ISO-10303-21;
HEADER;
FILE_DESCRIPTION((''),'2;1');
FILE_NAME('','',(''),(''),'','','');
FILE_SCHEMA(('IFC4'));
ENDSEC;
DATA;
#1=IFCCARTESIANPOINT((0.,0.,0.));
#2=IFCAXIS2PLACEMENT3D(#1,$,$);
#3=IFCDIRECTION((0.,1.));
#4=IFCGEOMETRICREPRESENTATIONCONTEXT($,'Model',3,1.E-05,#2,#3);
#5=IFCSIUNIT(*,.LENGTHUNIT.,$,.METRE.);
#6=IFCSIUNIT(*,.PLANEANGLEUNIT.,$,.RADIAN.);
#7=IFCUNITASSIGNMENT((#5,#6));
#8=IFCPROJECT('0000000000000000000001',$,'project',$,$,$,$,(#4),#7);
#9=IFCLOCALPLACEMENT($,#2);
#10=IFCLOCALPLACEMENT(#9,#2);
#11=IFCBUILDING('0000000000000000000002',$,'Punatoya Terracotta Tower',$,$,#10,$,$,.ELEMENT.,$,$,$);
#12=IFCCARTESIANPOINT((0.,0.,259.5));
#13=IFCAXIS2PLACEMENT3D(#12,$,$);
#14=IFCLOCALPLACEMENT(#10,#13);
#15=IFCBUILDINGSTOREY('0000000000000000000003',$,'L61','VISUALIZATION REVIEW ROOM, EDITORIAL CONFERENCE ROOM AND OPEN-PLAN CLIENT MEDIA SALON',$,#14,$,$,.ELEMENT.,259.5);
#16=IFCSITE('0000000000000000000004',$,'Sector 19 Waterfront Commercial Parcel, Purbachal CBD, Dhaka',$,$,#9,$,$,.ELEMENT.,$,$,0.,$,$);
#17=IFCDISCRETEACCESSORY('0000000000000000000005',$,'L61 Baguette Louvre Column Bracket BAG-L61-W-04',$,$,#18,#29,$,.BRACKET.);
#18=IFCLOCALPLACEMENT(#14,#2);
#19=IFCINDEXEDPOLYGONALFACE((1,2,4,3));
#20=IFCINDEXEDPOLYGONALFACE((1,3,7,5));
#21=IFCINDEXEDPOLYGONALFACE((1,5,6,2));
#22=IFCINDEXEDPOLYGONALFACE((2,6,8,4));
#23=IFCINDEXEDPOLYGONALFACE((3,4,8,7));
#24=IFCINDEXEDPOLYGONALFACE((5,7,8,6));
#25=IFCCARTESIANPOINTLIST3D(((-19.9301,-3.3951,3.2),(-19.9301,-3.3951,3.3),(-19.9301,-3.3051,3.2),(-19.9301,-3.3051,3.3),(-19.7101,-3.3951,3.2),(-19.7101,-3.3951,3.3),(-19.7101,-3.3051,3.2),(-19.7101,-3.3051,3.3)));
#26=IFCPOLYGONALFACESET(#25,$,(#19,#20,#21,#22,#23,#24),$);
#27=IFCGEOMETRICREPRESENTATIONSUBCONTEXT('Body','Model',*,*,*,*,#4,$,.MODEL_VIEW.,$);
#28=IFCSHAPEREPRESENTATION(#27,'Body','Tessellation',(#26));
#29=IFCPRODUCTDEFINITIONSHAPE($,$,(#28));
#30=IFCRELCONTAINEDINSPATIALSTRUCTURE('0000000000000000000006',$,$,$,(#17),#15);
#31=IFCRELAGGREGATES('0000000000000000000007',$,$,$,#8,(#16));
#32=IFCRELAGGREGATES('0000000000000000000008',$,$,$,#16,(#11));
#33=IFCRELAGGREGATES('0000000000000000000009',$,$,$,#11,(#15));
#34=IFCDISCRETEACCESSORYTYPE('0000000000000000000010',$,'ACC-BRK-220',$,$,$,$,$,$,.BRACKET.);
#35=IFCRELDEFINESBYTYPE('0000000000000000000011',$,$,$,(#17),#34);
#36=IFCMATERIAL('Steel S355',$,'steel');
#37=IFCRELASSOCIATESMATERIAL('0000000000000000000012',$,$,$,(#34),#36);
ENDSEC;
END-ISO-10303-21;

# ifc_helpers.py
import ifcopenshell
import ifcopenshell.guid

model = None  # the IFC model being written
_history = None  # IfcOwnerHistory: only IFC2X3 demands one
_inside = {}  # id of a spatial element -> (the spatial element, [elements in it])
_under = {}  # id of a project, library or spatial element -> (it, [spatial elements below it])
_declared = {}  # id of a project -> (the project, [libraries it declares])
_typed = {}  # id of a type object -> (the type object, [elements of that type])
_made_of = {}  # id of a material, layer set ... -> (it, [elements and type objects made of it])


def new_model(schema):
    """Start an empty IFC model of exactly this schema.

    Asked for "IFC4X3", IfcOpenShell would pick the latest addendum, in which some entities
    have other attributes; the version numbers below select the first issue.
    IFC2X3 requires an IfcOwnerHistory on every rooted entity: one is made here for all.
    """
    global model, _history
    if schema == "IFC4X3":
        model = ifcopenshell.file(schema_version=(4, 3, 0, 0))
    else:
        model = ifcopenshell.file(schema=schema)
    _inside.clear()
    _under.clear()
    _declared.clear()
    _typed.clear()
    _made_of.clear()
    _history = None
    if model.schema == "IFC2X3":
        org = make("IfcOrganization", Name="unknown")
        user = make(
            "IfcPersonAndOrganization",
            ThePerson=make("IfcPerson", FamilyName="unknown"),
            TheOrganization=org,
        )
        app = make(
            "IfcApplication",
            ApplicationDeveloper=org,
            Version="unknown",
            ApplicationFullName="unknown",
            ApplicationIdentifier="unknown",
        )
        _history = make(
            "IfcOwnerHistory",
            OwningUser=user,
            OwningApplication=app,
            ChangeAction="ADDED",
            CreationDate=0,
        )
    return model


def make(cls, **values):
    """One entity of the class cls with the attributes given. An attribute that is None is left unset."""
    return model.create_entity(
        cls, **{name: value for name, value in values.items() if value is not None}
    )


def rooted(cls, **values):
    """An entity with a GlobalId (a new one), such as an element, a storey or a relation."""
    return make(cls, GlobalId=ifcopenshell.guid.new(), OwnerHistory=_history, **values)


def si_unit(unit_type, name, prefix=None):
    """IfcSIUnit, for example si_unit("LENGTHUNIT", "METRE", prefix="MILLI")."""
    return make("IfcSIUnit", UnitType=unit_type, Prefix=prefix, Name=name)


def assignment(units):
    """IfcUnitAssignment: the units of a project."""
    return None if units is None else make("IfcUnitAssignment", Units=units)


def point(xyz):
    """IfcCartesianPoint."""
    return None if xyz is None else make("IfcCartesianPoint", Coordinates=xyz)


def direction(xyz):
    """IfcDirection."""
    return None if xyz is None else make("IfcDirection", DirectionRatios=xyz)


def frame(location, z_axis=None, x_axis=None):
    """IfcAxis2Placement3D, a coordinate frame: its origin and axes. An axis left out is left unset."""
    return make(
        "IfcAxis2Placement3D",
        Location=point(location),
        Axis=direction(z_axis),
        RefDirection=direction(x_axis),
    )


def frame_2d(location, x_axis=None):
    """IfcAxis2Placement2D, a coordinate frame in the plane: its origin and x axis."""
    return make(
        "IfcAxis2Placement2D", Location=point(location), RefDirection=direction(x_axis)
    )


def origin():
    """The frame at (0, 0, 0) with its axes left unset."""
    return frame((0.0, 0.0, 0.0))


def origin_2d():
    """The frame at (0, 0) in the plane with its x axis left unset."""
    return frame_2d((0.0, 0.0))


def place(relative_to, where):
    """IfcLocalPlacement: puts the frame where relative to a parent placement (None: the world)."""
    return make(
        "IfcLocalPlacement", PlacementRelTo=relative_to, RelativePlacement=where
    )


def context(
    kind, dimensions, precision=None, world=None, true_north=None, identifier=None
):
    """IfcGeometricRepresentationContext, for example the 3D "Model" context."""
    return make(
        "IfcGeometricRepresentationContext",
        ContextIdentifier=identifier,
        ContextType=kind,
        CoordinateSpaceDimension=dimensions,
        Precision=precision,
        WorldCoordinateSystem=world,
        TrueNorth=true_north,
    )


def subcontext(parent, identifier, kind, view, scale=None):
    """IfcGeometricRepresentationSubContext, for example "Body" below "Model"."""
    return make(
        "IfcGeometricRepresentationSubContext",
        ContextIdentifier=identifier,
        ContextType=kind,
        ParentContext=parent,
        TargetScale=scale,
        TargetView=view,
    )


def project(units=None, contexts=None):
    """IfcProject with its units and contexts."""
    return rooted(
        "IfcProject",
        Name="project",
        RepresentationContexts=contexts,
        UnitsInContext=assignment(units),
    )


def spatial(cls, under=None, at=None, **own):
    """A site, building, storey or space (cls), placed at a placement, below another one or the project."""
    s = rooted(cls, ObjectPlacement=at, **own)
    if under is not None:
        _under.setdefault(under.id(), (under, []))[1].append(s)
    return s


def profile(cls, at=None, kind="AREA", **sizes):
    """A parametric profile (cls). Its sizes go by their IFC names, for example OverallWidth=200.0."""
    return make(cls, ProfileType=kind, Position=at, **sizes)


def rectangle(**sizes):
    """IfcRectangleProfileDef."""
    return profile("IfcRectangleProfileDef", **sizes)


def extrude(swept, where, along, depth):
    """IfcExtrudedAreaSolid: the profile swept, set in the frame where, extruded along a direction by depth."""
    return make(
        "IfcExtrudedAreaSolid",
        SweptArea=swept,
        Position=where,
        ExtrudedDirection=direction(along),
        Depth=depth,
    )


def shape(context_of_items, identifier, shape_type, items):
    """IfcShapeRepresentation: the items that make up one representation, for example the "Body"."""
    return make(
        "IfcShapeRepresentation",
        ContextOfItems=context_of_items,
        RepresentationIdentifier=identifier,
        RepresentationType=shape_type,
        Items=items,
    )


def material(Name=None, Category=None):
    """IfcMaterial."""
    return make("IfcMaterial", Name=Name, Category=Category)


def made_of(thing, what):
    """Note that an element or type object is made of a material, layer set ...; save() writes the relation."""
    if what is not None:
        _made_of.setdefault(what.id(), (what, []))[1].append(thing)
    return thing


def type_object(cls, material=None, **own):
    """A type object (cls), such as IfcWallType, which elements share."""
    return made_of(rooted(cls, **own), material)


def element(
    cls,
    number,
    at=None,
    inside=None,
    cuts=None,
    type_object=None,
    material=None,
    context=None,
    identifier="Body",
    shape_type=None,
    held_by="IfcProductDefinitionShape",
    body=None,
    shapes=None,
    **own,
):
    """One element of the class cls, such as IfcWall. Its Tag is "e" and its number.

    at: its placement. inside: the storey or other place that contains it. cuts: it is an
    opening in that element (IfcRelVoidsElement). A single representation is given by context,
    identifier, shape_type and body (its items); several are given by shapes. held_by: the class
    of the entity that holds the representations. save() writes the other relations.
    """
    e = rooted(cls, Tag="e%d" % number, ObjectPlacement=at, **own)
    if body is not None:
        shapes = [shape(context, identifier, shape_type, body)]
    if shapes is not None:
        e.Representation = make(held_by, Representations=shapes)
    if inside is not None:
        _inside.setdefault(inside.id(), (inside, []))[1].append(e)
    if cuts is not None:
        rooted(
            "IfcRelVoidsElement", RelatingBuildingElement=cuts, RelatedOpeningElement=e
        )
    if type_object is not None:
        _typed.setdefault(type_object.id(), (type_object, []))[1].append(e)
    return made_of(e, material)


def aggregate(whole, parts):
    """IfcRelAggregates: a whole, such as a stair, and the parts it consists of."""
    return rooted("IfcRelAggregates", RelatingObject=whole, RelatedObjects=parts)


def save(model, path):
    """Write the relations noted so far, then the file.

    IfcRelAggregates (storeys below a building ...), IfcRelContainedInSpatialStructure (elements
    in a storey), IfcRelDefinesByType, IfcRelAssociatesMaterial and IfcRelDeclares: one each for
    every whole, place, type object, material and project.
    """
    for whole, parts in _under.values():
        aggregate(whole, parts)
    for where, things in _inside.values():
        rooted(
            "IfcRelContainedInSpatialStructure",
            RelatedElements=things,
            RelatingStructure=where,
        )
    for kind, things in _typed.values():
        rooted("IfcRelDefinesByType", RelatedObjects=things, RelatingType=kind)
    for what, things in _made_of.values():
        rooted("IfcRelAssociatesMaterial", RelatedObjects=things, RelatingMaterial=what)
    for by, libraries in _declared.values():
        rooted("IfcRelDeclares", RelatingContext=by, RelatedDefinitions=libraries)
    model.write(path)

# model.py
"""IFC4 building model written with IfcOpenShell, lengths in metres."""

from ifc_helpers import new_model, si_unit, direction, frame, origin, origin_2d, place, context, subcontext, project, spatial, rectangle, extrude, material, type_object, element, save


model = new_model("IFC4")

# Units and contexts
model_context = context("Model", 3, precision=1e-05, world=origin(), true_north=direction((0.0, 1.0)))
body_context = subcontext(model_context, "Body", "Model", "MODEL_VIEW")
ifc_project = project(units=[si_unit("LENGTHUNIT", "METRE"), si_unit("PLANEANGLEUNIT", "RADIAN")], contexts=[model_context])

# Site, building, storey
site_placement = place(None, origin())
site = spatial("IfcSite", under=ifc_project, at=site_placement, Name="Sector 19 Waterfront Commercial Parcel, Purbachal CBD, Dhaka", CompositionType="ELEMENT", RefElevation=0.0)
building_placement = place(site_placement, origin())
building = spatial("IfcBuilding", under=site, at=building_placement, Name="Punatoya Terracotta Tower", CompositionType="ELEMENT")
storey_placement = place(building_placement, frame((0.0, 0.0, 259.5)))
storey = spatial("IfcBuildingStorey", under=building, at=storey_placement, Name="L61", Description="VISUALIZATION REVIEW ROOM, EDITORIAL CONFERENCE ROOM AND OPEN-PLAN CLIENT MEDIA SALON", CompositionType="ELEMENT", Elevation=259.5)

# Shared definitions
ifc_material_1 = material(Name="Steel S355", Category="steel")

# Discrete accessory
discrete_accessory_type = type_object("IfcDiscreteAccessoryType", Name="ACC-BRK-220", PredefinedType="BRACKET", material=ifc_material_1)
for number, where, z_axis, x_axis, name in (
    (1, (-19.8201, -3.3501, 3.2), (0.0, 0.0, 1.0), (0.0, 1.0, 0.0), "L61 Baguette Louvre Column Bracket BAG-L61-W-04"),
):
    element("IfcDiscreteAccessory", number, at=place(storey_placement, frame(where, z_axis=z_axis, x_axis=x_axis)), inside=storey, type_object=discrete_accessory_type, Name=name, PredefinedType="BRACKET", context=body_context, shape_type="SweptSolid", body=[
        extrude(rectangle(XDim=0.0901, YDim=0.22, at=origin_2d()), origin(), (0.0, 0.0, 1.0), 0.1001),
    ])

save(model, "model.ifc")
